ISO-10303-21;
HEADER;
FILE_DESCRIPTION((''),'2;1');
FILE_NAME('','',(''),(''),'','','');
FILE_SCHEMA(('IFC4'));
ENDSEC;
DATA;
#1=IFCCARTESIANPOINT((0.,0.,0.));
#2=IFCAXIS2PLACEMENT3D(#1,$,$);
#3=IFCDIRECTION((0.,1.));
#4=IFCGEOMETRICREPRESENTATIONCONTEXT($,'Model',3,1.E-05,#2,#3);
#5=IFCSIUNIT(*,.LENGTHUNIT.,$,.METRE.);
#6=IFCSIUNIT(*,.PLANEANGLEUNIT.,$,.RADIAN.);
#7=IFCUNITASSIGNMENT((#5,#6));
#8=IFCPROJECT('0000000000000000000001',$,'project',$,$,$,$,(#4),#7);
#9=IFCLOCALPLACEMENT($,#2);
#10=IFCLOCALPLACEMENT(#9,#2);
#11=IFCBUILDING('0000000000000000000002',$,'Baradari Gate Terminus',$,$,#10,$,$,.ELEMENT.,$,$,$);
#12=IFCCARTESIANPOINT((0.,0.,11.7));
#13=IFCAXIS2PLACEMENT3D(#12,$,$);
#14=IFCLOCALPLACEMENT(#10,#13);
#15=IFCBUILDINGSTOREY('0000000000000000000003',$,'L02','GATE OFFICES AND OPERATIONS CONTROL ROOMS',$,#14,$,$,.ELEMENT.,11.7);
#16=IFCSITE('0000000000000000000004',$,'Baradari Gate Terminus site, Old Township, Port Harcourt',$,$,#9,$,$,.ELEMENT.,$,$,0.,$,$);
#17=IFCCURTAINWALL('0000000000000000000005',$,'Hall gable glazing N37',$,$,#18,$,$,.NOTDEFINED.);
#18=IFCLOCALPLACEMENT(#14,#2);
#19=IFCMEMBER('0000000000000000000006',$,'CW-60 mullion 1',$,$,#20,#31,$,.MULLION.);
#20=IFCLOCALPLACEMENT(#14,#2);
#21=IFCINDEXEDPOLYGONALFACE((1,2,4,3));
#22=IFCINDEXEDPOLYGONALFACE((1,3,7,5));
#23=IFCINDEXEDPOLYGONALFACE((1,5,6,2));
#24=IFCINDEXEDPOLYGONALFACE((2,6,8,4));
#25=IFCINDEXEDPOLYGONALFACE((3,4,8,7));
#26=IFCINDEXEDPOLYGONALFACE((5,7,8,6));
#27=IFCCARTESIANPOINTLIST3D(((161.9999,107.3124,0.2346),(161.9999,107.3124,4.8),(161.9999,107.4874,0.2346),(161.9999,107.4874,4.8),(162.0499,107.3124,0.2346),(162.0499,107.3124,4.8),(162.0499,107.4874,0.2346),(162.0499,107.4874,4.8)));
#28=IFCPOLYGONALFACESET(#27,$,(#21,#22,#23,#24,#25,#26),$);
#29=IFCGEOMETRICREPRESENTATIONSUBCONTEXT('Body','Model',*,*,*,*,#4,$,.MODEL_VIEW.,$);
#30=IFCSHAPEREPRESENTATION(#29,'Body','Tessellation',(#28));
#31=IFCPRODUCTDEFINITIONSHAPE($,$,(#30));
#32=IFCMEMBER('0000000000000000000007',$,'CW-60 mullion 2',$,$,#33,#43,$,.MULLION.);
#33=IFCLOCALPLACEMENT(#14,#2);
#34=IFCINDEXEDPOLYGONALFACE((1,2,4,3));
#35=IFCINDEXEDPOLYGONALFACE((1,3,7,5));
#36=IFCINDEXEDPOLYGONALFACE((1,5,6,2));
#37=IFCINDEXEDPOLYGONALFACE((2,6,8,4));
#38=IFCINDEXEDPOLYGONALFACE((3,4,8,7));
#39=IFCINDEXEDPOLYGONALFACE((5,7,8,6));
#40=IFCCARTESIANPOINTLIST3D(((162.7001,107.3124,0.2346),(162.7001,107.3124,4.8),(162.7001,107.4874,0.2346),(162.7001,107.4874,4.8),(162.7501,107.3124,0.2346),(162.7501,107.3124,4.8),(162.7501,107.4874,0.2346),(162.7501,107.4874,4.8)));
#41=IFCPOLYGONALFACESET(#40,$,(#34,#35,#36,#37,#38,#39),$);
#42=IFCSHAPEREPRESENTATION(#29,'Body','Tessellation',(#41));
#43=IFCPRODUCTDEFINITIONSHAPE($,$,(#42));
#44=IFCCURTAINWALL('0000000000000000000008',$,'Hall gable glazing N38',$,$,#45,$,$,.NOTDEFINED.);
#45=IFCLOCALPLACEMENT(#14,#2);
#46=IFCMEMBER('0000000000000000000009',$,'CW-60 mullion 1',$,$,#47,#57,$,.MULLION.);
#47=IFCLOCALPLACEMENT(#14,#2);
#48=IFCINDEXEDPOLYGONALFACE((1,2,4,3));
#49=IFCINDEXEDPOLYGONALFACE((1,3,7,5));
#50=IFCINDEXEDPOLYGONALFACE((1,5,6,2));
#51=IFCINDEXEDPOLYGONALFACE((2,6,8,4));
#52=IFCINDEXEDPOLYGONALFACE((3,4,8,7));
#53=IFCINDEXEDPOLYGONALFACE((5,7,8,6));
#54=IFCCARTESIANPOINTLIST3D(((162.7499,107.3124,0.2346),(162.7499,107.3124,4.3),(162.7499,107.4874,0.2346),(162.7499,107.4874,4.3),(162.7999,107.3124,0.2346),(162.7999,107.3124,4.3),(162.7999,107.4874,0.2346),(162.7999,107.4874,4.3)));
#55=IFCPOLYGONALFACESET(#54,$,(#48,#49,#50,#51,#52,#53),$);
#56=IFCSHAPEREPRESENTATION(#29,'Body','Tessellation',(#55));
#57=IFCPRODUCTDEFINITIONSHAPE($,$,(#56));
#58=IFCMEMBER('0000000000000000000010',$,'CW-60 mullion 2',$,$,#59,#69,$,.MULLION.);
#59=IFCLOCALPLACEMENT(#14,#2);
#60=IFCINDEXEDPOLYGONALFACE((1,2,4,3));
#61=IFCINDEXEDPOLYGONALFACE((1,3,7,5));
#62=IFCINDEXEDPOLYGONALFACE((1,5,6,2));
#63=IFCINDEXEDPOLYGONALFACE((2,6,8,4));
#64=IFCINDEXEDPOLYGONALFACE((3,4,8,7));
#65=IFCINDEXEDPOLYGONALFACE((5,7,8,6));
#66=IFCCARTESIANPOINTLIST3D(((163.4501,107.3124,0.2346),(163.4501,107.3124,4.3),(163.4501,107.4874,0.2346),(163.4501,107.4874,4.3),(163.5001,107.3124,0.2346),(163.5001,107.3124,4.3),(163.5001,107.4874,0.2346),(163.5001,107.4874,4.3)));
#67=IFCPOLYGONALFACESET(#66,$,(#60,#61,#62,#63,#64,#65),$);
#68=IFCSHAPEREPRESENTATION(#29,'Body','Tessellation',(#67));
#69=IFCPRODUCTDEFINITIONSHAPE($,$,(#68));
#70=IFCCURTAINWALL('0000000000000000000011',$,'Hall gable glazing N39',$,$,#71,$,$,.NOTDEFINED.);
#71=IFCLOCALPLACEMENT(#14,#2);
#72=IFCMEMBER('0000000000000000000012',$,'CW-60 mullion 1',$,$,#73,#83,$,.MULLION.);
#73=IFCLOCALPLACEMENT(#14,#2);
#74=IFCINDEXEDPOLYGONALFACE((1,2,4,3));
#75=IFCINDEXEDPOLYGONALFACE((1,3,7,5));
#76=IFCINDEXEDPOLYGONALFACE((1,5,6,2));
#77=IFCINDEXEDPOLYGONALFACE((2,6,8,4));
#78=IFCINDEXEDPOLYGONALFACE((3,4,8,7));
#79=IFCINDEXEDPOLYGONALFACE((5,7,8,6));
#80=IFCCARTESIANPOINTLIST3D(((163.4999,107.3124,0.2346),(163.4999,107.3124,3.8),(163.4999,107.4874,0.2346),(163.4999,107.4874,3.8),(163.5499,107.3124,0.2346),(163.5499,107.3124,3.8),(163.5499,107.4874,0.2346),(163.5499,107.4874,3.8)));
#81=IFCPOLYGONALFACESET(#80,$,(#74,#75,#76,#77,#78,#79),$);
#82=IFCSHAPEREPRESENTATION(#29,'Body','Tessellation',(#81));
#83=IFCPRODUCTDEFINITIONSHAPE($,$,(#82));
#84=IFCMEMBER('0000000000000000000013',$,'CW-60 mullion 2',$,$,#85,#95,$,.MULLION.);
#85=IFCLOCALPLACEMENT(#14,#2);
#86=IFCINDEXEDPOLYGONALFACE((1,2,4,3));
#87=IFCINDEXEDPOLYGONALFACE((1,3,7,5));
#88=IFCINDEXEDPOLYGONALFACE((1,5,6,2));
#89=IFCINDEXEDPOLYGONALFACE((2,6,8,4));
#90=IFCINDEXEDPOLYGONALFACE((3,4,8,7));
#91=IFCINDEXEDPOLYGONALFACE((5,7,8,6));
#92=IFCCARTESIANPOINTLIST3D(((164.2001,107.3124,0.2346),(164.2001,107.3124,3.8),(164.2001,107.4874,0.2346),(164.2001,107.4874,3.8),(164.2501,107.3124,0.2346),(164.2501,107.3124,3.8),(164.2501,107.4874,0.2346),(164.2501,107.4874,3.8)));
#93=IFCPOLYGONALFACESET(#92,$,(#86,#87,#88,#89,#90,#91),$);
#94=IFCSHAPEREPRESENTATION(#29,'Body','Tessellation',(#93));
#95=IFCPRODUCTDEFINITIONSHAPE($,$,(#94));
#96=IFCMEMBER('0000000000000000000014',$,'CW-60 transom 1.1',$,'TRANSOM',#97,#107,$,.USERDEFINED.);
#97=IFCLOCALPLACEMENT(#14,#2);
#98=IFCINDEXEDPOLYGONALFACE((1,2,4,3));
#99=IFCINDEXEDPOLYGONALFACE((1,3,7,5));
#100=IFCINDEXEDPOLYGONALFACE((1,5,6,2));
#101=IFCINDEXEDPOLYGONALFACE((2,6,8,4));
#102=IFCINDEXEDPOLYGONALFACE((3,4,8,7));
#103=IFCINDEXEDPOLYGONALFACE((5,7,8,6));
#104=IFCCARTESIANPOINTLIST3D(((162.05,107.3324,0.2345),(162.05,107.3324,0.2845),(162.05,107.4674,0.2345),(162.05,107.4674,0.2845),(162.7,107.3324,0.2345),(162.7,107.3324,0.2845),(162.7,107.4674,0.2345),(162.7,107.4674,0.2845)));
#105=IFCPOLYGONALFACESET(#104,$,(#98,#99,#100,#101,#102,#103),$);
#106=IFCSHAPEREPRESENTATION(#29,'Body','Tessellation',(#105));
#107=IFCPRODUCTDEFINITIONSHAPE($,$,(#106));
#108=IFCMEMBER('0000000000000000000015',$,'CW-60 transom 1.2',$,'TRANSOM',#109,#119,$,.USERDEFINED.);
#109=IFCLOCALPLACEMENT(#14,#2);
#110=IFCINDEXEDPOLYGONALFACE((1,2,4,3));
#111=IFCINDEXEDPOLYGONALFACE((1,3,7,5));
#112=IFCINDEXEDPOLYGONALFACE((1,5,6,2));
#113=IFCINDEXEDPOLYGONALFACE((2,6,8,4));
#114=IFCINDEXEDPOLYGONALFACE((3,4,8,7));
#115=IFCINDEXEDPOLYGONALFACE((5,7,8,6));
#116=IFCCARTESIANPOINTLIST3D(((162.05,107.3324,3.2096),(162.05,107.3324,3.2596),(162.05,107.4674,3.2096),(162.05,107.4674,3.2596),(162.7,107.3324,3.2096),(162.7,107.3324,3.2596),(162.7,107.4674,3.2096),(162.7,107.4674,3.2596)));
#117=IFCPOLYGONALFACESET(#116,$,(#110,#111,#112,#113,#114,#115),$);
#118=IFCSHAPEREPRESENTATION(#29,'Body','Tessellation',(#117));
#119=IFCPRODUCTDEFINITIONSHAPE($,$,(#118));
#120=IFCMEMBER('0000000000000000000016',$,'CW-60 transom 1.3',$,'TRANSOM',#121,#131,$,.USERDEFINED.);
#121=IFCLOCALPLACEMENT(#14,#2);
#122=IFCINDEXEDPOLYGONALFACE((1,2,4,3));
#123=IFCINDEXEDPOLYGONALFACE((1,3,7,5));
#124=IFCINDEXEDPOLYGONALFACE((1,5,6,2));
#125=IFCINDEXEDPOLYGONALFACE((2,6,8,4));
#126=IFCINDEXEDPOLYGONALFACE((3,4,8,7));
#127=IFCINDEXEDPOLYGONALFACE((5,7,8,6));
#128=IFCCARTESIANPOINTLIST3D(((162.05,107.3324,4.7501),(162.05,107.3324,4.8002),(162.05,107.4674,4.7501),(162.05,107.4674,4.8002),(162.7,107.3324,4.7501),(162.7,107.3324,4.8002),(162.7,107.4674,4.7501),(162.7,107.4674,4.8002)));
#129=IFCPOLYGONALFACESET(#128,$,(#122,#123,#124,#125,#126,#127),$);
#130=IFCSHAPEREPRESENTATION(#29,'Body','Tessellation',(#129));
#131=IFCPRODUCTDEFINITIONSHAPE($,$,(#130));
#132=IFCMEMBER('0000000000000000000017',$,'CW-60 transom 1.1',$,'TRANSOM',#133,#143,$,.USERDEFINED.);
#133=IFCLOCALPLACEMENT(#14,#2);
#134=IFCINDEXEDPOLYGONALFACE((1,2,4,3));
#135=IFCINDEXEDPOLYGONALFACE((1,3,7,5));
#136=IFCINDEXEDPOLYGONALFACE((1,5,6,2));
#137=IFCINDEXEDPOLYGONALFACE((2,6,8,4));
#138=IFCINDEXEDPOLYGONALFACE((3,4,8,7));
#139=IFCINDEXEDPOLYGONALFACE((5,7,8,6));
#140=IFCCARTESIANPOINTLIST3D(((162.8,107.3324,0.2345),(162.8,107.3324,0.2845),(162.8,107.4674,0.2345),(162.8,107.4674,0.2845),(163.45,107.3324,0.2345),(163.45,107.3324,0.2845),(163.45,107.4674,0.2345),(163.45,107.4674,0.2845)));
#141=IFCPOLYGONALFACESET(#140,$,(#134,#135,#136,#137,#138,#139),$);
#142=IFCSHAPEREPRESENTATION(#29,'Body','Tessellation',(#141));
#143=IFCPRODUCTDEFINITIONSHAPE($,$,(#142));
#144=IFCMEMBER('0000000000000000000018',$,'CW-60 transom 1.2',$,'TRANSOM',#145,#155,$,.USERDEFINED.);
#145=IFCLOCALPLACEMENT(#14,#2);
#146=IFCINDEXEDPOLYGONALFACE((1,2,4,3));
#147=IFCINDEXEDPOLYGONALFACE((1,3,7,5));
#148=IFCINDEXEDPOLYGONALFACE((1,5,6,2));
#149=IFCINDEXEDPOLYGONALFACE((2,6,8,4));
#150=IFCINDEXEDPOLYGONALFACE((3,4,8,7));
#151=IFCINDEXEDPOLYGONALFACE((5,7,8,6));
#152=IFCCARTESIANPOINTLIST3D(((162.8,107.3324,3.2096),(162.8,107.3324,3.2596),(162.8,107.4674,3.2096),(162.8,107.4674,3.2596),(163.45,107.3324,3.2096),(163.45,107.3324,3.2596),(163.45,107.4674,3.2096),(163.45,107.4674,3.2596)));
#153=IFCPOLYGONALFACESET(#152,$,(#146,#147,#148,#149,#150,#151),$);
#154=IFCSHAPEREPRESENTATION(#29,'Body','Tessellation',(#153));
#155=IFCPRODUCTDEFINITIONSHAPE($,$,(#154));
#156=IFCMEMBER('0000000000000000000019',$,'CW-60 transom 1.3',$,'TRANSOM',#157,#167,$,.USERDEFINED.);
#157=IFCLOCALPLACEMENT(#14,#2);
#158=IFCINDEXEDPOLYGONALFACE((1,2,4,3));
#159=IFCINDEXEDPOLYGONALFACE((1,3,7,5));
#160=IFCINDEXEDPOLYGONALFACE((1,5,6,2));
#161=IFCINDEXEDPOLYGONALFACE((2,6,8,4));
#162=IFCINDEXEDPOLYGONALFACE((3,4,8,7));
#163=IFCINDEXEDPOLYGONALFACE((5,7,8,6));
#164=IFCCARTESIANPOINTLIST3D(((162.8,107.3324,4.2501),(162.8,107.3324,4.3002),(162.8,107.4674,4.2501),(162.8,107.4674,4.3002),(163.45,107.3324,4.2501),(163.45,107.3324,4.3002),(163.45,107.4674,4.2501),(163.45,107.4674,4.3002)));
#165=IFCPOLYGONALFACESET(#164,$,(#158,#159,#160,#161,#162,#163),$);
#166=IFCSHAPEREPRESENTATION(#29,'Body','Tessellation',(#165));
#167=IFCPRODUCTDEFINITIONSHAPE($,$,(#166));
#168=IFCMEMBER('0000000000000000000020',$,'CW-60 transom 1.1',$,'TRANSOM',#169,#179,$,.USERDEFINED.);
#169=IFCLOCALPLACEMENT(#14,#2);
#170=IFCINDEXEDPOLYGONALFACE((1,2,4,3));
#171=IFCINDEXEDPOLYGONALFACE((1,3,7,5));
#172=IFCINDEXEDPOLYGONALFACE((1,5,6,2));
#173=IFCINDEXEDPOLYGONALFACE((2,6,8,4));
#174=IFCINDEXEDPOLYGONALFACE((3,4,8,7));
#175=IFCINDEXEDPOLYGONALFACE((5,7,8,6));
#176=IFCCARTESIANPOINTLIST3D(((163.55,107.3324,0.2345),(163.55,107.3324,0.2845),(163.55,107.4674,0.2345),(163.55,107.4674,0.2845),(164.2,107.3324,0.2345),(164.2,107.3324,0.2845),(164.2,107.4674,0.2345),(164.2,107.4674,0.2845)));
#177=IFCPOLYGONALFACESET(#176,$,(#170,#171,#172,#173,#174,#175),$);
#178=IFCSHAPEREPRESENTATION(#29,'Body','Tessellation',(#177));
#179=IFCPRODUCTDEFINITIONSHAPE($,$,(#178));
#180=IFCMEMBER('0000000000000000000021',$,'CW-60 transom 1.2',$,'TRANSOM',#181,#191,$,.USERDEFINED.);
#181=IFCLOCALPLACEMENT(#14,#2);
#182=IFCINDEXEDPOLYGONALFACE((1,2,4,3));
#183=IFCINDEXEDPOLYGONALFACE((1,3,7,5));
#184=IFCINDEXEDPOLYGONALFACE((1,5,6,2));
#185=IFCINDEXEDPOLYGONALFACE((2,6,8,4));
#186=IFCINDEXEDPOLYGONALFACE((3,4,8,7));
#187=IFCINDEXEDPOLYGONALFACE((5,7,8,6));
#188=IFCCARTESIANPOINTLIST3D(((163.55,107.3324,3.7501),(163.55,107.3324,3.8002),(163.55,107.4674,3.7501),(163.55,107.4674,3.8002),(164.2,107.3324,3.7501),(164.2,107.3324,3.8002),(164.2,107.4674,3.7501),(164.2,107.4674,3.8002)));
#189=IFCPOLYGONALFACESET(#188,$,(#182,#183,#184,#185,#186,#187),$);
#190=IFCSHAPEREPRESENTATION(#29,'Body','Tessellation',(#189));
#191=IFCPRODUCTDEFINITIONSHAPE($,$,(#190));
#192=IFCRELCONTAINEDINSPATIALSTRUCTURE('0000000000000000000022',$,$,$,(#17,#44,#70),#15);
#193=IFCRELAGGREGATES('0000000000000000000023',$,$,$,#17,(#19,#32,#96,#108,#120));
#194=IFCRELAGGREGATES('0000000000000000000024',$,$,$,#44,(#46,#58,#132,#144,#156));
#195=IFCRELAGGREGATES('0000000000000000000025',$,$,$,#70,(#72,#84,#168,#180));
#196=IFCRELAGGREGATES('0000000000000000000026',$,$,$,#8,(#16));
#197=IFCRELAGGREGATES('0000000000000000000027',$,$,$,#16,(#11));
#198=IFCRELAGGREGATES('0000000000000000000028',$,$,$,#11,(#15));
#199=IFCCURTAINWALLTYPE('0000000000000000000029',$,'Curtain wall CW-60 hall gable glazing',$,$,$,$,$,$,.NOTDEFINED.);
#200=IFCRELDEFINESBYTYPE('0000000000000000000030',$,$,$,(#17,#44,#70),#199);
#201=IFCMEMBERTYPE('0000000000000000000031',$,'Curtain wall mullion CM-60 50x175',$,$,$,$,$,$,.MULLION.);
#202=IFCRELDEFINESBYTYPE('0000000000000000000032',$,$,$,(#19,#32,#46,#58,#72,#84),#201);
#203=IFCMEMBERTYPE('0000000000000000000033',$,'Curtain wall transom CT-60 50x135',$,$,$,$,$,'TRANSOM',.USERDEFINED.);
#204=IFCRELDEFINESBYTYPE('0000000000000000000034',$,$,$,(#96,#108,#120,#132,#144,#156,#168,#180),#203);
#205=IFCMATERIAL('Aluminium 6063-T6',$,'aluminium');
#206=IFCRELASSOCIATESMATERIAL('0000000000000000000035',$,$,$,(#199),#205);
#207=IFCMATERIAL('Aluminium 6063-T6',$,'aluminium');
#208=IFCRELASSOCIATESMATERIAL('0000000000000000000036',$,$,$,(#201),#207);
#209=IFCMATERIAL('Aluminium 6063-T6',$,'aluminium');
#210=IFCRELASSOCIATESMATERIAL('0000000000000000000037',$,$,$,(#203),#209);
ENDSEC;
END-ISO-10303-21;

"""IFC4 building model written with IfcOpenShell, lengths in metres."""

from ifc_helpers import new_model, si_unit, direction, frame, origin, origin_2d, place, context, subcontext, project, spatial, rectangle, extrude, material, material_profile, profile_set, type_object, element, aggregate, save


model = new_model("IFC4")

# Units and contexts
model_context = context("Model", 3, precision=1e-05, world=origin(), true_north=direction((0.0, 1.0)))
body_context = subcontext(model_context, "Body", "Model", "MODEL_VIEW")
ifc_project = project(units=[si_unit("LENGTHUNIT", "METRE"), si_unit("PLANEANGLEUNIT", "RADIAN")], contexts=[model_context])

# Site, building, storey
site_placement = place(None, origin())
site = spatial("IfcSite", under=ifc_project, at=site_placement, Name="Baradari Gate Terminus site, Old Township, Port Harcourt", CompositionType="ELEMENT", RefElevation=0.0)
building_placement = place(site_placement, origin())
building = spatial("IfcBuilding", under=site, at=building_placement, Name="Baradari Gate Terminus", CompositionType="ELEMENT")
storey_placement = place(building_placement, frame((0.0, 0.0, 11.7)))
storey = spatial("IfcBuildingStorey", under=building, at=storey_placement, Name="L02", Description="GATE OFFICES AND OPERATIONS CONTROL ROOMS", CompositionType="ELEMENT", Elevation=11.7)

# Curtain walls, members
ifc_material_1 = material(Name="Aluminium 6063-T6", Category="aluminium")
curtain_wall_type = type_object("IfcCurtainWallType", Name="Curtain wall CW-60 hall gable glazing", PredefinedType="NOTDEFINED", material=ifc_material_1)
curtain_wall_1_placement = place(storey_placement, origin())
curtain_wall_1 = element("IfcCurtainWall", 1, at=curtain_wall_1_placement, inside=storey, type_object=curtain_wall_type, Name="Hall gable glazing N37", PredefinedType="NOTDEFINED")
ifc_material_2 = material(Name="Aluminium 6063-T6", Category="aluminium")
ifc_material_profile_1 = material_profile(ifc_material_2, rectangle(XDim=0.175, YDim=0.05, at=origin_2d()), Name="CM-60 50X175")
ifc_profile_set_1 = profile_set([ifc_material_profile_1], Name="Aluminium 6063-T6")
member_type_1 = type_object("IfcMemberType", Name="Curtain wall mullion CM-60 50x175", PredefinedType="MULLION", material=ifc_profile_set_1)
member_1_placement = place(storey_placement, frame((162.0249, 107.3999, 0.2346), z_axis=(0.0, 0.0, 1.0), x_axis=(0.0, 1.0, 0.0)))
member_1 = element("IfcMember", 2, at=member_1_placement, type_object=member_type_1, Name="CW-60 mullion 1", PredefinedType="MULLION", context=body_context, shape_type="SweptSolid", body=[
    extrude(rectangle(XDim=0.175, YDim=0.05, at=origin_2d()), origin(), (0.0, 0.0, 1.0), 4.5654),
])
member_2_placement = place(storey_placement, frame((162.7251, 107.3999, 0.2346), z_axis=(0.0, 0.0, 1.0), x_axis=(0.0, 1.0, 0.0)))
member_2 = element("IfcMember", 3, at=member_2_placement, type_object=member_type_1, Name="CW-60 mullion 2", PredefinedType="MULLION", context=body_context, shape_type="SweptSolid", body=[
    extrude(rectangle(XDim=0.175, YDim=0.05, at=origin_2d()), origin(), (0.0, 0.0, 1.0), 4.5654),
])
curtain_wall_2_placement = place(storey_placement, origin())
curtain_wall_2 = element("IfcCurtainWall", 4, at=curtain_wall_2_placement, inside=storey, type_object=curtain_wall_type, Name="Hall gable glazing N38", PredefinedType="NOTDEFINED")
member_3_placement = place(storey_placement, frame((162.7749, 107.3999, 0.2346), z_axis=(0.0, 0.0, 1.0), x_axis=(0.0, 1.0, 0.0)))
member_3 = element("IfcMember", 5, at=member_3_placement, type_object=member_type_1, Name="CW-60 mullion 1", PredefinedType="MULLION", context=body_context, shape_type="SweptSolid", body=[
    extrude(rectangle(XDim=0.175, YDim=0.05, at=origin_2d()), origin(), (0.0, 0.0, 1.0), 4.0654),
])
member_4_placement = place(storey_placement, frame((163.4751, 107.3999, 0.2346), z_axis=(0.0, 0.0, 1.0), x_axis=(0.0, 1.0, 0.0)))
member_4 = element("IfcMember", 6, at=member_4_placement, type_object=member_type_1, Name="CW-60 mullion 2", PredefinedType="MULLION", context=body_context, shape_type="SweptSolid", body=[
    extrude(rectangle(XDim=0.175, YDim=0.05, at=origin_2d()), origin(), (0.0, 0.0, 1.0), 4.0654),
])
curtain_wall_3_placement = place(storey_placement, origin())
curtain_wall_3 = element("IfcCurtainWall", 7, at=curtain_wall_3_placement, inside=storey, type_object=curtain_wall_type, Name="Hall gable glazing N39", PredefinedType="NOTDEFINED")
member_5_placement = place(storey_placement, frame((163.5249, 107.3999, 0.2346), z_axis=(0.0, 0.0, 1.0), x_axis=(0.0, 1.0, 0.0)))
member_5 = element("IfcMember", 8, at=member_5_placement, type_object=member_type_1, Name="CW-60 mullion 1", PredefinedType="MULLION", context=body_context, shape_type="SweptSolid", body=[
    extrude(rectangle(XDim=0.175, YDim=0.05, at=origin_2d()), origin(), (0.0, 0.0, 1.0), 3.5654),
])
member_6_placement = place(storey_placement, frame((164.2251, 107.3999, 0.2346), z_axis=(0.0, 0.0, 1.0), x_axis=(0.0, 1.0, 0.0)))
member_6 = element("IfcMember", 9, at=member_6_placement, type_object=member_type_1, Name="CW-60 mullion 2", PredefinedType="MULLION", context=body_context, shape_type="SweptSolid", body=[
    extrude(rectangle(XDim=0.175, YDim=0.05, at=origin_2d()), origin(), (0.0, 0.0, 1.0), 3.5654),
])

# Members
ifc_material_3 = material(Name="Aluminium 6063-T6", Category="aluminium")
ifc_material_profile_2 = material_profile(ifc_material_3, rectangle(XDim=0.135, YDim=0.05, at=origin_2d()), Name="CT-60 50X135")
ifc_profile_set_2 = profile_set([ifc_material_profile_2], Name="Aluminium 6063-T6")
member_type_2 = type_object("IfcMemberType", Name="Curtain wall transom CT-60 50x135", ElementType="TRANSOM", PredefinedType="USERDEFINED", material=ifc_profile_set_2)
member_7_placement = place(storey_placement, frame((162.05, 107.3999, 0.2595), z_axis=(1.0, 0.0, 0.0), x_axis=(0.0, 1.0, 0.0)))
member_7 = element("IfcMember", 10, at=member_7_placement, type_object=member_type_2, Name="CW-60 transom 1.1", ObjectType="TRANSOM", PredefinedType="USERDEFINED", context=body_context, shape_type="SweptSolid", body=[
    extrude(rectangle(XDim=0.135, YDim=0.05, at=origin_2d()), origin(), (0.0, 0.0, 1.0), 0.6499),
])
member_8_placement = place(storey_placement, frame((162.05, 107.3999, 3.2346), z_axis=(1.0, 0.0, 0.0), x_axis=(0.0, 1.0, 0.0)))
member_8 = element("IfcMember", 11, at=member_8_placement, type_object=member_type_2, Name="CW-60 transom 1.2", ObjectType="TRANSOM", PredefinedType="USERDEFINED", context=body_context, shape_type="SweptSolid", body=[
    extrude(rectangle(XDim=0.135, YDim=0.05, at=origin_2d()), origin(), (0.0, 0.0, 1.0), 0.6499),
])
member_9_placement = place(storey_placement, frame((162.05, 107.3999, 4.7751), z_axis=(1.0, 0.0, 0.0), x_axis=(0.0, 1.0, 0.0)))
member_9 = element("IfcMember", 12, at=member_9_placement, type_object=member_type_2, Name="CW-60 transom 1.3", ObjectType="TRANSOM", PredefinedType="USERDEFINED", context=body_context, shape_type="SweptSolid", body=[
    extrude(rectangle(XDim=0.135, YDim=0.05, at=origin_2d()), origin(), (0.0, 0.0, 1.0), 0.6499),
])
member_10_placement = place(storey_placement, frame((162.8, 107.3999, 0.2595), z_axis=(1.0, 0.0, 0.0), x_axis=(0.0, 1.0, 0.0)))
member_10 = element("IfcMember", 13, at=member_10_placement, type_object=member_type_2, Name="CW-60 transom 1.1", ObjectType="TRANSOM", PredefinedType="USERDEFINED", context=body_context, shape_type="SweptSolid", body=[
    extrude(rectangle(XDim=0.135, YDim=0.05, at=origin_2d()), origin(), (0.0, 0.0, 1.0), 0.6499),
])
member_11_placement = place(storey_placement, frame((162.8, 107.3999, 3.2346), z_axis=(1.0, 0.0, 0.0), x_axis=(0.0, 1.0, 0.0)))
member_11 = element("IfcMember", 14, at=member_11_placement, type_object=member_type_2, Name="CW-60 transom 1.2", ObjectType="TRANSOM", PredefinedType="USERDEFINED", context=body_context, shape_type="SweptSolid", body=[
    extrude(rectangle(XDim=0.135, YDim=0.05, at=origin_2d()), origin(), (0.0, 0.0, 1.0), 0.6499),
])
member_12_placement = place(storey_placement, frame((162.8, 107.3999, 4.2751), z_axis=(1.0, 0.0, 0.0), x_axis=(0.0, 1.0, 0.0)))
member_12 = element("IfcMember", 15, at=member_12_placement, type_object=member_type_2, Name="CW-60 transom 1.3", ObjectType="TRANSOM", PredefinedType="USERDEFINED", context=body_context, shape_type="SweptSolid", body=[
    extrude(rectangle(XDim=0.135, YDim=0.05, at=origin_2d()), origin(), (0.0, 0.0, 1.0), 0.6499),
])
member_13_placement = place(storey_placement, frame((163.55, 107.3999, 0.2595), z_axis=(1.0, 0.0, 0.0), x_axis=(0.0, 1.0, 0.0)))
member_13 = element("IfcMember", 16, at=member_13_placement, type_object=member_type_2, Name="CW-60 transom 1.1", ObjectType="TRANSOM", PredefinedType="USERDEFINED", context=body_context, shape_type="SweptSolid", body=[
    extrude(rectangle(XDim=0.135, YDim=0.05, at=origin_2d()), origin(), (0.0, 0.0, 1.0), 0.6499),
])
member_14_placement = place(storey_placement, frame((163.55, 107.3999, 3.7751), z_axis=(1.0, 0.0, 0.0), x_axis=(0.0, 1.0, 0.0)))
member_14 = element("IfcMember", 17, at=member_14_placement, type_object=member_type_2, Name="CW-60 transom 1.2", ObjectType="TRANSOM", PredefinedType="USERDEFINED", context=body_context, shape_type="SweptSolid", body=[
    extrude(rectangle(XDim=0.135, YDim=0.05, at=origin_2d()), origin(), (0.0, 0.0, 1.0), 0.6499),
])

aggregate(curtain_wall_1, [member_1, member_2, member_7, member_8, member_9])
aggregate(curtain_wall_2, [member_3, member_4, member_10, member_11, member_12])
aggregate(curtain_wall_3, [member_5, member_6, member_13, member_14])

save(model, "model.ifc")
